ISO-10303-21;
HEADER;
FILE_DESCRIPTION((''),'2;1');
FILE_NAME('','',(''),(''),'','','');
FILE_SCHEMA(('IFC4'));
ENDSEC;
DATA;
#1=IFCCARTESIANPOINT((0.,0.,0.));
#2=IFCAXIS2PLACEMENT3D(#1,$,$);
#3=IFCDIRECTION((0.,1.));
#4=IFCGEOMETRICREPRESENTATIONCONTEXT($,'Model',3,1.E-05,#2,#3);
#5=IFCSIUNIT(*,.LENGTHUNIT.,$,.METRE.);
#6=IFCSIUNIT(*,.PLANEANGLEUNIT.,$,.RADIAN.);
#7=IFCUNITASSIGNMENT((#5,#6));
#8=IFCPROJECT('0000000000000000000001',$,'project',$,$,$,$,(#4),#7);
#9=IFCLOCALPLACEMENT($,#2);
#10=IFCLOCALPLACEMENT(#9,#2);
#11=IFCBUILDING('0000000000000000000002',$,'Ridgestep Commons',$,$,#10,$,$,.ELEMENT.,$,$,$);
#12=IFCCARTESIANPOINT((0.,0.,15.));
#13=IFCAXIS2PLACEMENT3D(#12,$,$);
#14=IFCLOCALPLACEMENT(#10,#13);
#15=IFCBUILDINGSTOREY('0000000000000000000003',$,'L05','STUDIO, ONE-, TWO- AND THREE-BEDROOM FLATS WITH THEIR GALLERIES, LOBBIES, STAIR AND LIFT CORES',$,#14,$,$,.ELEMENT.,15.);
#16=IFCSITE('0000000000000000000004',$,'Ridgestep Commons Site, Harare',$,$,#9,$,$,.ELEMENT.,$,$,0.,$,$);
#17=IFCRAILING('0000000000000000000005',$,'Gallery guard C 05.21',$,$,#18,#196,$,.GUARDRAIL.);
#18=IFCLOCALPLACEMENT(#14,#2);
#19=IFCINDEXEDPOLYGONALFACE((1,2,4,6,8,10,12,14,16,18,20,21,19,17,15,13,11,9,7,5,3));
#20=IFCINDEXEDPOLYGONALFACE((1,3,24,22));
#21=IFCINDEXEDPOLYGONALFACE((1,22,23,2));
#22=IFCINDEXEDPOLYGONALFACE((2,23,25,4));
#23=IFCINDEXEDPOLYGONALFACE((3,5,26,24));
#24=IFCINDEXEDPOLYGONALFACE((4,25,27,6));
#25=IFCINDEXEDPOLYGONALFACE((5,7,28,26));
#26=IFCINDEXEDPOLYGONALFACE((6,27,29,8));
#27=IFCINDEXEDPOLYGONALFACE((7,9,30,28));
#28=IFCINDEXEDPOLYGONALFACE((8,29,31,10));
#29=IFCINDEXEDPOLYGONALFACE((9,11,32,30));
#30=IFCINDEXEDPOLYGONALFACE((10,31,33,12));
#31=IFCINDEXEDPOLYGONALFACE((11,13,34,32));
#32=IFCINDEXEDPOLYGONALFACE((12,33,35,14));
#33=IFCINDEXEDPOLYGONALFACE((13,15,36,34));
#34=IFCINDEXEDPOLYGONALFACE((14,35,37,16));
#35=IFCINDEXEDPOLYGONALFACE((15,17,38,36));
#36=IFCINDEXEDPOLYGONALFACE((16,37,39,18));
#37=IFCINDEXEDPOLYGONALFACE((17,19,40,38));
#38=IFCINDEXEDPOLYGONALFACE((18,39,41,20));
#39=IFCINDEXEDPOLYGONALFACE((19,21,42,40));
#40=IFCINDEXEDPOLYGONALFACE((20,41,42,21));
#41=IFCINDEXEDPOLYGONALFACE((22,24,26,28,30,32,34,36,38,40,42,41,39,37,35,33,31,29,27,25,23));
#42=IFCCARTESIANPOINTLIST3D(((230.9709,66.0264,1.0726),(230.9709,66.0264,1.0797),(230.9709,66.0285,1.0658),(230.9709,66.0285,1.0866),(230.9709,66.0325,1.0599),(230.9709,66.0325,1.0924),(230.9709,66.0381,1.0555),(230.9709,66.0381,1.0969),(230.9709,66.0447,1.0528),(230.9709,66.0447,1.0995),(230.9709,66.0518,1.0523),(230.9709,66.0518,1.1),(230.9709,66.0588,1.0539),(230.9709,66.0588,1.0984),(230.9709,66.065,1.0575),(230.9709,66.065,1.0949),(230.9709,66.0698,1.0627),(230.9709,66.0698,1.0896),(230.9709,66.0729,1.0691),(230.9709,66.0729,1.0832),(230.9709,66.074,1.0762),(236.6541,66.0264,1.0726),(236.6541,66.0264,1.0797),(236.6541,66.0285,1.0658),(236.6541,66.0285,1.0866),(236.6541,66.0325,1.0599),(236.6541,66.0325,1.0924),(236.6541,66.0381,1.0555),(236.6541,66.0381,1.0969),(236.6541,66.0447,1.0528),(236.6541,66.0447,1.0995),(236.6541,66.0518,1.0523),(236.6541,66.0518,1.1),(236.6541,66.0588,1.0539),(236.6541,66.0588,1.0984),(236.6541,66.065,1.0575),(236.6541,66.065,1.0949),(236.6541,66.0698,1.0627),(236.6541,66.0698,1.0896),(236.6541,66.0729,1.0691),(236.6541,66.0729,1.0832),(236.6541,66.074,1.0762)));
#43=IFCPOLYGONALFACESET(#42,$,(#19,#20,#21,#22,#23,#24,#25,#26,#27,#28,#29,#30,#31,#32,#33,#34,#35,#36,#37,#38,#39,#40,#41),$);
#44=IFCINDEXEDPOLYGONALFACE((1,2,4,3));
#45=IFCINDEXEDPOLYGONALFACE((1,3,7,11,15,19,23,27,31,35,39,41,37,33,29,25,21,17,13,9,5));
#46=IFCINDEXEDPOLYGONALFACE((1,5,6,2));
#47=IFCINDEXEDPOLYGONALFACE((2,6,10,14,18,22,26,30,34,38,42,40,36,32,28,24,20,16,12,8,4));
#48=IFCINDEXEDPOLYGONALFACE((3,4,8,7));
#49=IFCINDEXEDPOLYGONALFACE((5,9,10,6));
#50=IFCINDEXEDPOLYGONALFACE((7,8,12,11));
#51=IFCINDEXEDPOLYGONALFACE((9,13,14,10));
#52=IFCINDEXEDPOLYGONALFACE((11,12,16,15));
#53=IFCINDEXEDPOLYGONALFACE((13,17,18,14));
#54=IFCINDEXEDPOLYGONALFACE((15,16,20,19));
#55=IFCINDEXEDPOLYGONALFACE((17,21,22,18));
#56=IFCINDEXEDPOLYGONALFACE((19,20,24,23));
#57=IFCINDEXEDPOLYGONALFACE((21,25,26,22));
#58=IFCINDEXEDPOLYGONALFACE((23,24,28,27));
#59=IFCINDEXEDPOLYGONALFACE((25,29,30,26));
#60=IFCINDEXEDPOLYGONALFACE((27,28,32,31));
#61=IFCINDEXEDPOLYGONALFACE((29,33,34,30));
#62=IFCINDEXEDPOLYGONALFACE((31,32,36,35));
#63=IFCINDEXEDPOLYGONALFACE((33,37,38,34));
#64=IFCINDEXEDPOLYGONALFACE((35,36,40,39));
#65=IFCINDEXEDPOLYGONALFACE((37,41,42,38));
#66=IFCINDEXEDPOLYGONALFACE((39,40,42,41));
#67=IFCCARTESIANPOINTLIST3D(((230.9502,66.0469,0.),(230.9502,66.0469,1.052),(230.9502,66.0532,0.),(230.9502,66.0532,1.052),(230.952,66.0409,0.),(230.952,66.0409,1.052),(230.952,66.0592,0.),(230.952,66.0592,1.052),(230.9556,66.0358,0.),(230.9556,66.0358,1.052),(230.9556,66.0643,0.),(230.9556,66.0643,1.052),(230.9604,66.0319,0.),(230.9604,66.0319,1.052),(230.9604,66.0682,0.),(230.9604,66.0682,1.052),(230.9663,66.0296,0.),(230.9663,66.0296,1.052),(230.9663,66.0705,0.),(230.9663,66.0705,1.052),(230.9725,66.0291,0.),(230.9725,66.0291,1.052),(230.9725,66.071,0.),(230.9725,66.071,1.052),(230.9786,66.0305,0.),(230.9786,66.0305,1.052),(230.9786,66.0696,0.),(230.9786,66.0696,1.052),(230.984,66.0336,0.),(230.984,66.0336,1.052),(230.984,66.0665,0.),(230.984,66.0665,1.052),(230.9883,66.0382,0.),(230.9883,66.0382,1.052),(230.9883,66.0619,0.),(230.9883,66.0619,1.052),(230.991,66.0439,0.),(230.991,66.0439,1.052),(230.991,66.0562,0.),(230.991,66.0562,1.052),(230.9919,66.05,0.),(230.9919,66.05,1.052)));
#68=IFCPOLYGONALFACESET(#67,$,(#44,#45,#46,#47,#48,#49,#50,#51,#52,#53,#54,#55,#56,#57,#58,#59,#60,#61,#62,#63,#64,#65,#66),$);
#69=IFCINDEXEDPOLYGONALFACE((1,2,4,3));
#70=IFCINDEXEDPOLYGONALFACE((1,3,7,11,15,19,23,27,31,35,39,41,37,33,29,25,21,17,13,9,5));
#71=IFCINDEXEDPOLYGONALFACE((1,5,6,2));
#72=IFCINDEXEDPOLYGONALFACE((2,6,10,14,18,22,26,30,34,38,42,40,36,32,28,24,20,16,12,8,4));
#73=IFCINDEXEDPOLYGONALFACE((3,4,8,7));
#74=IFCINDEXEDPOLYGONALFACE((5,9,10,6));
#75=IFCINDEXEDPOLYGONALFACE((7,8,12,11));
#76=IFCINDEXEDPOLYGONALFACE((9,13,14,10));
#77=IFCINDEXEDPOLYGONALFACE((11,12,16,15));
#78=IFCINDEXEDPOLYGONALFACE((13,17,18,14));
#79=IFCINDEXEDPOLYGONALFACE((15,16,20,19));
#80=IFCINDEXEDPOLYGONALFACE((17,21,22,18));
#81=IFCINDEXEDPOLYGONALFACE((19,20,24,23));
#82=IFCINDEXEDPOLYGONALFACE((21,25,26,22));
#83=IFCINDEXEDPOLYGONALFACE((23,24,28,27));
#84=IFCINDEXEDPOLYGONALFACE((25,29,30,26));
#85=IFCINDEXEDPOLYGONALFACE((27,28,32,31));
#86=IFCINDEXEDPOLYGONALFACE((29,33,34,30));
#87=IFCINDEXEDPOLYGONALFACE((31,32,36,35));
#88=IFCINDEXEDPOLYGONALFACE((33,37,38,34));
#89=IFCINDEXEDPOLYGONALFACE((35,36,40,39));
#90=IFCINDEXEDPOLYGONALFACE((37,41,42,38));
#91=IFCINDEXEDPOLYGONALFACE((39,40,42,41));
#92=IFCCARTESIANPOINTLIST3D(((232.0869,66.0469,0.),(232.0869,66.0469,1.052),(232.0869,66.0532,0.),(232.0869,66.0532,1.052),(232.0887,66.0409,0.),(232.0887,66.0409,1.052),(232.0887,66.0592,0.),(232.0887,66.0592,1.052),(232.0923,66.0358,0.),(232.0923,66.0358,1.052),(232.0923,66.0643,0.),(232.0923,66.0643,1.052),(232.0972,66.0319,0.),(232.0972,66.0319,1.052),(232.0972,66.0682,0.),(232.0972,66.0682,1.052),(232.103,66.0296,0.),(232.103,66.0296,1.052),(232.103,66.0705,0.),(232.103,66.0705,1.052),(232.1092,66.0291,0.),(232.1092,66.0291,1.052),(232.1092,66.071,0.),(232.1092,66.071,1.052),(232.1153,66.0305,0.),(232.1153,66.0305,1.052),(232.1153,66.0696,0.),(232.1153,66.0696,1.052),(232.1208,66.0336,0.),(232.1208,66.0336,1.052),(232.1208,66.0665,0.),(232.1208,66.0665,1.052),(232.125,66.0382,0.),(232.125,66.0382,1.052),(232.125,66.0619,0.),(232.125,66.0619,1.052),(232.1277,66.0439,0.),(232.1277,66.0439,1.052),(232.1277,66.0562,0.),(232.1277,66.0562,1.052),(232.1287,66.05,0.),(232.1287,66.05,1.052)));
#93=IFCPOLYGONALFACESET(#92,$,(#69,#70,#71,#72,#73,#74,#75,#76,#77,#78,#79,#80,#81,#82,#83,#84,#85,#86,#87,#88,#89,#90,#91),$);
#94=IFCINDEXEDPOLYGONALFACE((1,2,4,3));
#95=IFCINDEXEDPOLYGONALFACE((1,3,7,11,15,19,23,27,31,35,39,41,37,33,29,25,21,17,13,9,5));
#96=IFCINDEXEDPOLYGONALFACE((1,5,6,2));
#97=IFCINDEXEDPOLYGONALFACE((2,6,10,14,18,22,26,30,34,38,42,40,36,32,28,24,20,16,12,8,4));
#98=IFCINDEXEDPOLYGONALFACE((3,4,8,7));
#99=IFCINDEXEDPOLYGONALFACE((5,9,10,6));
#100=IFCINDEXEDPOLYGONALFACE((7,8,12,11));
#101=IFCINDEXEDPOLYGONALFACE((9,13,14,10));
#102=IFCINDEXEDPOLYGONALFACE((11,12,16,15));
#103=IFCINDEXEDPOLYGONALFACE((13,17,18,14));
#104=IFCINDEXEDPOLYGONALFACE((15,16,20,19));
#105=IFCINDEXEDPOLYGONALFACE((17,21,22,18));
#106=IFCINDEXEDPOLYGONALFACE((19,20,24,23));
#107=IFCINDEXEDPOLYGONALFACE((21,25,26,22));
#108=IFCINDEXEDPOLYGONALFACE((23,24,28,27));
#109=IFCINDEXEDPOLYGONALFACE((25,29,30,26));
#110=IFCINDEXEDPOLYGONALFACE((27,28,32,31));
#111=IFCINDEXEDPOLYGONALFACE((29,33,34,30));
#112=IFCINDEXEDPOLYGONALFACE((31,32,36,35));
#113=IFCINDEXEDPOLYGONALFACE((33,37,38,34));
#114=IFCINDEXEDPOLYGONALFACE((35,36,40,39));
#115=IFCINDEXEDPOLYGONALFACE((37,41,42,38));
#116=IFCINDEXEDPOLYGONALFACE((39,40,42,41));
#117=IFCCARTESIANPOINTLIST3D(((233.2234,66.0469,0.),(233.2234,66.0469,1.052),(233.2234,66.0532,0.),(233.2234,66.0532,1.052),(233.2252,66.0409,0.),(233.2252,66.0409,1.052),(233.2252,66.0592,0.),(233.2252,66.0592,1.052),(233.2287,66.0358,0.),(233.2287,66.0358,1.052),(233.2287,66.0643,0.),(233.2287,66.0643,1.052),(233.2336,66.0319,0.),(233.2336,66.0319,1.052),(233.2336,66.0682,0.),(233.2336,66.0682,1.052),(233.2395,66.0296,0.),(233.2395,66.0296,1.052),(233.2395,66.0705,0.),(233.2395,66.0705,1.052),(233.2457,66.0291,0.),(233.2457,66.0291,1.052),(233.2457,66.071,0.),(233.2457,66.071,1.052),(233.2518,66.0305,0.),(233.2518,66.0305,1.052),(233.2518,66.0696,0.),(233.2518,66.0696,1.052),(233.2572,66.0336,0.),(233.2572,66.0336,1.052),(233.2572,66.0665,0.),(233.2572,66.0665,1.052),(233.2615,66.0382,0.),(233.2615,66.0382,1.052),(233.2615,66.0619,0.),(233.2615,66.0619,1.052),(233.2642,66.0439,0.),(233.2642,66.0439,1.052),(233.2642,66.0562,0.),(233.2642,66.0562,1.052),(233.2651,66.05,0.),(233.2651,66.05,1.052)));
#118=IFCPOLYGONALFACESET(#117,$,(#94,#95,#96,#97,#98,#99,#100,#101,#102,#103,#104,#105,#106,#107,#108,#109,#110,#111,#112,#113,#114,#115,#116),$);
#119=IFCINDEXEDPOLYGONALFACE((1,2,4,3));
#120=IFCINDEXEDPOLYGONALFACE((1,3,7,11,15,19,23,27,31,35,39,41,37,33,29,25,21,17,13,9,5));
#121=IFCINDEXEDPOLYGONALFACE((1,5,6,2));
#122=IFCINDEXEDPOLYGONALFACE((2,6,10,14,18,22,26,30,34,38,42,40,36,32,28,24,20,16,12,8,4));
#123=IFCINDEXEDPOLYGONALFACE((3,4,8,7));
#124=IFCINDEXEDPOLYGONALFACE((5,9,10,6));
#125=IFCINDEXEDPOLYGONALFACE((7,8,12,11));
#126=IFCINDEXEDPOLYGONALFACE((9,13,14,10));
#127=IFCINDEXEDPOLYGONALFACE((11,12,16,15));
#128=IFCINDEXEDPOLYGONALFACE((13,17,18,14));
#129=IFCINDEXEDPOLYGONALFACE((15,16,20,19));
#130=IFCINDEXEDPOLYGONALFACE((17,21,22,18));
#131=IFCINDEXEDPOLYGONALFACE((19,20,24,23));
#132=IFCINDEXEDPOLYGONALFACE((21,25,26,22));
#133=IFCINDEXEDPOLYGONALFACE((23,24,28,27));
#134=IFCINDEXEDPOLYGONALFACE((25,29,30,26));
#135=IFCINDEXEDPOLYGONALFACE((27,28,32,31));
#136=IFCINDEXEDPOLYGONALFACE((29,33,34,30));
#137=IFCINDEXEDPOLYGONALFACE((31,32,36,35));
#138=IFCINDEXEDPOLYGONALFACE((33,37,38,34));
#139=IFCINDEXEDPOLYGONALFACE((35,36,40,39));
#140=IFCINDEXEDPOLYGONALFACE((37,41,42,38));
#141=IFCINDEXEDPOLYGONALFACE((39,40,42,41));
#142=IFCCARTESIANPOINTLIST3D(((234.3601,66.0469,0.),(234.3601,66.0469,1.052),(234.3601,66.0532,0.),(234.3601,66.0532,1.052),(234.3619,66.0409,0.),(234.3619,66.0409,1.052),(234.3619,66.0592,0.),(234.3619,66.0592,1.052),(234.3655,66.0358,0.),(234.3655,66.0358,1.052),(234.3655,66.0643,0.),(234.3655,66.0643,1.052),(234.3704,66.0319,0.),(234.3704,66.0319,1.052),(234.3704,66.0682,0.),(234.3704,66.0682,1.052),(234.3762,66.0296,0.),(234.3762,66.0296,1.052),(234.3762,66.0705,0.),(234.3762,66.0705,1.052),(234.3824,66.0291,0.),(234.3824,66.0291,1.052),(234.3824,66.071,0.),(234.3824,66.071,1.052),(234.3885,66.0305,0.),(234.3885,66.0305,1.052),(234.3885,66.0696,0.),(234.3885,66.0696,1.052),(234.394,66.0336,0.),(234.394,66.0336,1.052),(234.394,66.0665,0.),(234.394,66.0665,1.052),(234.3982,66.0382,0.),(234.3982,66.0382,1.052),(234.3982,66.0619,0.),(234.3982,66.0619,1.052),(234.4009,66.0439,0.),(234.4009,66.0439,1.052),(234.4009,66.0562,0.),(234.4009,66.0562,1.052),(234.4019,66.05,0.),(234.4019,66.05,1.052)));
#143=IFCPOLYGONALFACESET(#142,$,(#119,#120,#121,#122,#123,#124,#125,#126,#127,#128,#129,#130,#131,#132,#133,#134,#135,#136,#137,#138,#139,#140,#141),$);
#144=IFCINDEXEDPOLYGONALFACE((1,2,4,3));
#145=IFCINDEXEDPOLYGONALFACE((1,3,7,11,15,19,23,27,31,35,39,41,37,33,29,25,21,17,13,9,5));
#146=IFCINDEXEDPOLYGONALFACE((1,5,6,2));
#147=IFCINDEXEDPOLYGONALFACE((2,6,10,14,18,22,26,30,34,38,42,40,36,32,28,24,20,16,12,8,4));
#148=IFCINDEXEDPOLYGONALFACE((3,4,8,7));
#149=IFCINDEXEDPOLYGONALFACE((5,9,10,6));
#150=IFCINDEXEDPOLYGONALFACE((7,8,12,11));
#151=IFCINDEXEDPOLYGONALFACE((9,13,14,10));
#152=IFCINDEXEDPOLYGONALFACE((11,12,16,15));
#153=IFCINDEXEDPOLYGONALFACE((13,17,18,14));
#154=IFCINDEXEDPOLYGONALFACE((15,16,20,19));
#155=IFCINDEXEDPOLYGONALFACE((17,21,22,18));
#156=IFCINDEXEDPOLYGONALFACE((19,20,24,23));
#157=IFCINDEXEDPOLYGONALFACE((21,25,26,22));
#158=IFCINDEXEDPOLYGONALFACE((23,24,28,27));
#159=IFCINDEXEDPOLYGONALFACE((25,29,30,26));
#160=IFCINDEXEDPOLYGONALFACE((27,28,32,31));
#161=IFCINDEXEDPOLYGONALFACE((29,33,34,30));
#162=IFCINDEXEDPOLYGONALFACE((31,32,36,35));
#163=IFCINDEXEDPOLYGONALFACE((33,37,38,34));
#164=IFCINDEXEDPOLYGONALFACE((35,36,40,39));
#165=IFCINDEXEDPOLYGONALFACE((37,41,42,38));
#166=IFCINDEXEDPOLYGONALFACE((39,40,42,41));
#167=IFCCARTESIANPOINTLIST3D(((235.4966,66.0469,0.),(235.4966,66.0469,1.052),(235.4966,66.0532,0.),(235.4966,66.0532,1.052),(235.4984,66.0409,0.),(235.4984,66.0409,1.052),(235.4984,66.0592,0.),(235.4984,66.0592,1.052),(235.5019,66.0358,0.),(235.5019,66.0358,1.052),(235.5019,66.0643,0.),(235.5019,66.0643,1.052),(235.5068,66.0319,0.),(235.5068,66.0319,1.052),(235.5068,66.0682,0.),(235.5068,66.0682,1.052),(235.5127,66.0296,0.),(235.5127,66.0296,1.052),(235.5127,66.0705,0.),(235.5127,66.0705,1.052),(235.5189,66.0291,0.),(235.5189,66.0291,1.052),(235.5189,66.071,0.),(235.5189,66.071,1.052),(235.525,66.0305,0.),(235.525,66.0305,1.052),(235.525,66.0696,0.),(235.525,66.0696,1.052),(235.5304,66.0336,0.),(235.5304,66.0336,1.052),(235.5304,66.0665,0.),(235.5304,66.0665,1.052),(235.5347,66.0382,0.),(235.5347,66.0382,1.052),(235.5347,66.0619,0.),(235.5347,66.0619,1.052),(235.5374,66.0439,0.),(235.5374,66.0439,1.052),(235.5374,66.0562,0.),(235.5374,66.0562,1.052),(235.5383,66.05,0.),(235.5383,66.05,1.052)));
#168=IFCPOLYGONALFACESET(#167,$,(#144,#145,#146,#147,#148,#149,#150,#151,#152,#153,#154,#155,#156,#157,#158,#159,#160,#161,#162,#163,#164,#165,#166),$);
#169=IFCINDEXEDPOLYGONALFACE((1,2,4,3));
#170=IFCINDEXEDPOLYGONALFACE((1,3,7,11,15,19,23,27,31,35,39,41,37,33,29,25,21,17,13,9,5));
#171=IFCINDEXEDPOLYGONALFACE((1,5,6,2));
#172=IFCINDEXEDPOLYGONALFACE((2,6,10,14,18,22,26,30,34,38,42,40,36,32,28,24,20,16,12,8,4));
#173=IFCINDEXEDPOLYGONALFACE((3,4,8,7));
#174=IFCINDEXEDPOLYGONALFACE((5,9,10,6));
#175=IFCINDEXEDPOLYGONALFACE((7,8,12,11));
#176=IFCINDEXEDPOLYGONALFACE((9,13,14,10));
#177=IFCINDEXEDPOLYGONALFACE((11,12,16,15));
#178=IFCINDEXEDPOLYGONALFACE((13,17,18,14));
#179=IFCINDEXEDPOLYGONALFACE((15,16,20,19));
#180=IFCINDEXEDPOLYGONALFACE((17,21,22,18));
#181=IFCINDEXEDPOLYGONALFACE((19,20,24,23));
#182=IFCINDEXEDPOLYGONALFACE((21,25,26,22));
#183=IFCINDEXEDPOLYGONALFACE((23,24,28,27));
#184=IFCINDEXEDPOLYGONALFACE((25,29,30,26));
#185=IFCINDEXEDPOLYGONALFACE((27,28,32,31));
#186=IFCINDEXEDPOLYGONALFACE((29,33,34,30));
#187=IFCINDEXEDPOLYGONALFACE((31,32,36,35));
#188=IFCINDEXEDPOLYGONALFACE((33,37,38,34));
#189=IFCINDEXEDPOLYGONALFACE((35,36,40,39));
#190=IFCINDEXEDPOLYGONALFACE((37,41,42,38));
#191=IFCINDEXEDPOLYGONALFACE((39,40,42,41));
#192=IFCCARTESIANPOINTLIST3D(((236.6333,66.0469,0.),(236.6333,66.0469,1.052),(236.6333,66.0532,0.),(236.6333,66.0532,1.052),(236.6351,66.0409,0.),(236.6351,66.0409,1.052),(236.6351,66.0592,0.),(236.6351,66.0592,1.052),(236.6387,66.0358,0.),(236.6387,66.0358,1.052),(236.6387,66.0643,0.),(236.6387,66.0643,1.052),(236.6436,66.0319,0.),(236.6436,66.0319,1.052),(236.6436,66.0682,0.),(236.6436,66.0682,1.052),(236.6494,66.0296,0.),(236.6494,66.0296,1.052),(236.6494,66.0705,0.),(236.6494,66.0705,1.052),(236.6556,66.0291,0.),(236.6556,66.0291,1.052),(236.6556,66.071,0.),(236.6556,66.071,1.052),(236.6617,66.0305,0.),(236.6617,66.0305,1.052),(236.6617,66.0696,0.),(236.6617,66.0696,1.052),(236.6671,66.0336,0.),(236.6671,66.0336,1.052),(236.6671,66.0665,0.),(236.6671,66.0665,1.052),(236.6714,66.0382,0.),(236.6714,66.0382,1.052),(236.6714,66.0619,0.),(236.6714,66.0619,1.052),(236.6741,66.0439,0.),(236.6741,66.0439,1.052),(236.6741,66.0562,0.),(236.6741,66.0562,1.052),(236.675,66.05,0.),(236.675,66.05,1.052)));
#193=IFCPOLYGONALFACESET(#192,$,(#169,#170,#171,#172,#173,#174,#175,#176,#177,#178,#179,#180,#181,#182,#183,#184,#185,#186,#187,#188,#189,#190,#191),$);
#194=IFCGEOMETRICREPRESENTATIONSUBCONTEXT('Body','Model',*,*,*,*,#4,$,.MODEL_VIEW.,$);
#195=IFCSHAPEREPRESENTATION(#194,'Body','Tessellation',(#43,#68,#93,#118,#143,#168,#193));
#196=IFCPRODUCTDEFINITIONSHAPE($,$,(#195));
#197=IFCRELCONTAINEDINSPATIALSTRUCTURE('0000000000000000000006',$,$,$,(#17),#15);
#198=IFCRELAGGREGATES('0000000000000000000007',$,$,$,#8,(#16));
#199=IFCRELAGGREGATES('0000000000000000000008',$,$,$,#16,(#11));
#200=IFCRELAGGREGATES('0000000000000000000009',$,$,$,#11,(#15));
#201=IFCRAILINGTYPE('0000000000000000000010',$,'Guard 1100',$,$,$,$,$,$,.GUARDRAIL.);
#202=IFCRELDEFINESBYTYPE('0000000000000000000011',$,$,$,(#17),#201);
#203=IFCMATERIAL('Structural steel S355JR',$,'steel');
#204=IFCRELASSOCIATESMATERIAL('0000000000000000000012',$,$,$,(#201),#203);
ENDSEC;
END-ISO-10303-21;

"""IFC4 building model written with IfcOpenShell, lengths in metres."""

from ifc_helpers import new_model, si_unit, direction, frame, origin, origin_2d, place, context, subcontext, project, spatial, circle, extrude, material, type_object, element, save


model = new_model("IFC4")

# Units and contexts
model_context = context("Model", 3, precision=1e-05, world=origin(), true_north=direction((0.0, 1.0)))
body_context = subcontext(model_context, "Body", "Model", "MODEL_VIEW")
ifc_project = project(units=[si_unit("LENGTHUNIT", "METRE"), si_unit("PLANEANGLEUNIT", "RADIAN")], contexts=[model_context])

# Site, building, storey
site_placement = place(None, origin())
site = spatial("IfcSite", under=ifc_project, at=site_placement, Name="Ridgestep Commons Site, Harare", CompositionType="ELEMENT", RefElevation=0.0)
building_placement = place(site_placement, origin())
building = spatial("IfcBuilding", under=site, at=building_placement, Name="Ridgestep Commons", CompositionType="ELEMENT")
storey_placement = place(building_placement, frame((0.0, 0.0, 15.0)))
storey = spatial("IfcBuildingStorey", under=building, at=storey_placement, Name="L05", Description="STUDIO, ONE-, TWO- AND THREE-BEDROOM FLATS WITH THEIR GALLERIES, LOBBIES, STAIR AND LIFT CORES", CompositionType="ELEMENT", Elevation=15.0)

# Railing
ifc_material_1 = material(Name="Structural steel S355JR", Category="steel")
railing_type_1 = type_object("IfcRailingType", Name="Guard 1100", PredefinedType="GUARDRAIL", material=ifc_material_1)
railing_1_placement = place(storey_placement, frame((230.9709, 66.05, 0.0)))
element("IfcRailing", 1, at=railing_1_placement, inside=storey, type_object=railing_type_1, Name="Gallery guard C 05.21", PredefinedType="GUARDRAIL", context=body_context, shape_type="SweptSolid", body=[
    extrude(circle(Radius=0.0239, at=origin_2d()), frame((0.0, 0.0, 1.0762), z_axis=(1.0, 0.0, 0.0), x_axis=(0.0, 1.0, 0.0)), (0.0, 0.0, 1.0), 5.6831),
    extrude(circle(Radius=0.021, at=origin_2d()), origin(), (0.0, 0.0, 1.0), 1.052),
    extrude(circle(Radius=0.021, at=origin_2d()), frame((1.1367, 0.0, 0.0)), (0.0, 0.0, 1.0), 1.052),
    extrude(circle(Radius=0.021, at=origin_2d()), frame((2.2732, 0.0, 0.0)), (0.0, 0.0, 1.0), 1.052),
    extrude(circle(Radius=0.021, at=origin_2d()), frame((3.4099, 0.0, 0.0)), (0.0, 0.0, 1.0), 1.052),
    extrude(circle(Radius=0.021, at=origin_2d()), frame((4.5464, 0.0, 0.0)), (0.0, 0.0, 1.0), 1.052),
    extrude(circle(Radius=0.021, at=origin_2d()), frame((5.6831, 0.0, 0.0)), (0.0, 0.0, 1.0), 1.052),
])

save(model, "model.ifc")
